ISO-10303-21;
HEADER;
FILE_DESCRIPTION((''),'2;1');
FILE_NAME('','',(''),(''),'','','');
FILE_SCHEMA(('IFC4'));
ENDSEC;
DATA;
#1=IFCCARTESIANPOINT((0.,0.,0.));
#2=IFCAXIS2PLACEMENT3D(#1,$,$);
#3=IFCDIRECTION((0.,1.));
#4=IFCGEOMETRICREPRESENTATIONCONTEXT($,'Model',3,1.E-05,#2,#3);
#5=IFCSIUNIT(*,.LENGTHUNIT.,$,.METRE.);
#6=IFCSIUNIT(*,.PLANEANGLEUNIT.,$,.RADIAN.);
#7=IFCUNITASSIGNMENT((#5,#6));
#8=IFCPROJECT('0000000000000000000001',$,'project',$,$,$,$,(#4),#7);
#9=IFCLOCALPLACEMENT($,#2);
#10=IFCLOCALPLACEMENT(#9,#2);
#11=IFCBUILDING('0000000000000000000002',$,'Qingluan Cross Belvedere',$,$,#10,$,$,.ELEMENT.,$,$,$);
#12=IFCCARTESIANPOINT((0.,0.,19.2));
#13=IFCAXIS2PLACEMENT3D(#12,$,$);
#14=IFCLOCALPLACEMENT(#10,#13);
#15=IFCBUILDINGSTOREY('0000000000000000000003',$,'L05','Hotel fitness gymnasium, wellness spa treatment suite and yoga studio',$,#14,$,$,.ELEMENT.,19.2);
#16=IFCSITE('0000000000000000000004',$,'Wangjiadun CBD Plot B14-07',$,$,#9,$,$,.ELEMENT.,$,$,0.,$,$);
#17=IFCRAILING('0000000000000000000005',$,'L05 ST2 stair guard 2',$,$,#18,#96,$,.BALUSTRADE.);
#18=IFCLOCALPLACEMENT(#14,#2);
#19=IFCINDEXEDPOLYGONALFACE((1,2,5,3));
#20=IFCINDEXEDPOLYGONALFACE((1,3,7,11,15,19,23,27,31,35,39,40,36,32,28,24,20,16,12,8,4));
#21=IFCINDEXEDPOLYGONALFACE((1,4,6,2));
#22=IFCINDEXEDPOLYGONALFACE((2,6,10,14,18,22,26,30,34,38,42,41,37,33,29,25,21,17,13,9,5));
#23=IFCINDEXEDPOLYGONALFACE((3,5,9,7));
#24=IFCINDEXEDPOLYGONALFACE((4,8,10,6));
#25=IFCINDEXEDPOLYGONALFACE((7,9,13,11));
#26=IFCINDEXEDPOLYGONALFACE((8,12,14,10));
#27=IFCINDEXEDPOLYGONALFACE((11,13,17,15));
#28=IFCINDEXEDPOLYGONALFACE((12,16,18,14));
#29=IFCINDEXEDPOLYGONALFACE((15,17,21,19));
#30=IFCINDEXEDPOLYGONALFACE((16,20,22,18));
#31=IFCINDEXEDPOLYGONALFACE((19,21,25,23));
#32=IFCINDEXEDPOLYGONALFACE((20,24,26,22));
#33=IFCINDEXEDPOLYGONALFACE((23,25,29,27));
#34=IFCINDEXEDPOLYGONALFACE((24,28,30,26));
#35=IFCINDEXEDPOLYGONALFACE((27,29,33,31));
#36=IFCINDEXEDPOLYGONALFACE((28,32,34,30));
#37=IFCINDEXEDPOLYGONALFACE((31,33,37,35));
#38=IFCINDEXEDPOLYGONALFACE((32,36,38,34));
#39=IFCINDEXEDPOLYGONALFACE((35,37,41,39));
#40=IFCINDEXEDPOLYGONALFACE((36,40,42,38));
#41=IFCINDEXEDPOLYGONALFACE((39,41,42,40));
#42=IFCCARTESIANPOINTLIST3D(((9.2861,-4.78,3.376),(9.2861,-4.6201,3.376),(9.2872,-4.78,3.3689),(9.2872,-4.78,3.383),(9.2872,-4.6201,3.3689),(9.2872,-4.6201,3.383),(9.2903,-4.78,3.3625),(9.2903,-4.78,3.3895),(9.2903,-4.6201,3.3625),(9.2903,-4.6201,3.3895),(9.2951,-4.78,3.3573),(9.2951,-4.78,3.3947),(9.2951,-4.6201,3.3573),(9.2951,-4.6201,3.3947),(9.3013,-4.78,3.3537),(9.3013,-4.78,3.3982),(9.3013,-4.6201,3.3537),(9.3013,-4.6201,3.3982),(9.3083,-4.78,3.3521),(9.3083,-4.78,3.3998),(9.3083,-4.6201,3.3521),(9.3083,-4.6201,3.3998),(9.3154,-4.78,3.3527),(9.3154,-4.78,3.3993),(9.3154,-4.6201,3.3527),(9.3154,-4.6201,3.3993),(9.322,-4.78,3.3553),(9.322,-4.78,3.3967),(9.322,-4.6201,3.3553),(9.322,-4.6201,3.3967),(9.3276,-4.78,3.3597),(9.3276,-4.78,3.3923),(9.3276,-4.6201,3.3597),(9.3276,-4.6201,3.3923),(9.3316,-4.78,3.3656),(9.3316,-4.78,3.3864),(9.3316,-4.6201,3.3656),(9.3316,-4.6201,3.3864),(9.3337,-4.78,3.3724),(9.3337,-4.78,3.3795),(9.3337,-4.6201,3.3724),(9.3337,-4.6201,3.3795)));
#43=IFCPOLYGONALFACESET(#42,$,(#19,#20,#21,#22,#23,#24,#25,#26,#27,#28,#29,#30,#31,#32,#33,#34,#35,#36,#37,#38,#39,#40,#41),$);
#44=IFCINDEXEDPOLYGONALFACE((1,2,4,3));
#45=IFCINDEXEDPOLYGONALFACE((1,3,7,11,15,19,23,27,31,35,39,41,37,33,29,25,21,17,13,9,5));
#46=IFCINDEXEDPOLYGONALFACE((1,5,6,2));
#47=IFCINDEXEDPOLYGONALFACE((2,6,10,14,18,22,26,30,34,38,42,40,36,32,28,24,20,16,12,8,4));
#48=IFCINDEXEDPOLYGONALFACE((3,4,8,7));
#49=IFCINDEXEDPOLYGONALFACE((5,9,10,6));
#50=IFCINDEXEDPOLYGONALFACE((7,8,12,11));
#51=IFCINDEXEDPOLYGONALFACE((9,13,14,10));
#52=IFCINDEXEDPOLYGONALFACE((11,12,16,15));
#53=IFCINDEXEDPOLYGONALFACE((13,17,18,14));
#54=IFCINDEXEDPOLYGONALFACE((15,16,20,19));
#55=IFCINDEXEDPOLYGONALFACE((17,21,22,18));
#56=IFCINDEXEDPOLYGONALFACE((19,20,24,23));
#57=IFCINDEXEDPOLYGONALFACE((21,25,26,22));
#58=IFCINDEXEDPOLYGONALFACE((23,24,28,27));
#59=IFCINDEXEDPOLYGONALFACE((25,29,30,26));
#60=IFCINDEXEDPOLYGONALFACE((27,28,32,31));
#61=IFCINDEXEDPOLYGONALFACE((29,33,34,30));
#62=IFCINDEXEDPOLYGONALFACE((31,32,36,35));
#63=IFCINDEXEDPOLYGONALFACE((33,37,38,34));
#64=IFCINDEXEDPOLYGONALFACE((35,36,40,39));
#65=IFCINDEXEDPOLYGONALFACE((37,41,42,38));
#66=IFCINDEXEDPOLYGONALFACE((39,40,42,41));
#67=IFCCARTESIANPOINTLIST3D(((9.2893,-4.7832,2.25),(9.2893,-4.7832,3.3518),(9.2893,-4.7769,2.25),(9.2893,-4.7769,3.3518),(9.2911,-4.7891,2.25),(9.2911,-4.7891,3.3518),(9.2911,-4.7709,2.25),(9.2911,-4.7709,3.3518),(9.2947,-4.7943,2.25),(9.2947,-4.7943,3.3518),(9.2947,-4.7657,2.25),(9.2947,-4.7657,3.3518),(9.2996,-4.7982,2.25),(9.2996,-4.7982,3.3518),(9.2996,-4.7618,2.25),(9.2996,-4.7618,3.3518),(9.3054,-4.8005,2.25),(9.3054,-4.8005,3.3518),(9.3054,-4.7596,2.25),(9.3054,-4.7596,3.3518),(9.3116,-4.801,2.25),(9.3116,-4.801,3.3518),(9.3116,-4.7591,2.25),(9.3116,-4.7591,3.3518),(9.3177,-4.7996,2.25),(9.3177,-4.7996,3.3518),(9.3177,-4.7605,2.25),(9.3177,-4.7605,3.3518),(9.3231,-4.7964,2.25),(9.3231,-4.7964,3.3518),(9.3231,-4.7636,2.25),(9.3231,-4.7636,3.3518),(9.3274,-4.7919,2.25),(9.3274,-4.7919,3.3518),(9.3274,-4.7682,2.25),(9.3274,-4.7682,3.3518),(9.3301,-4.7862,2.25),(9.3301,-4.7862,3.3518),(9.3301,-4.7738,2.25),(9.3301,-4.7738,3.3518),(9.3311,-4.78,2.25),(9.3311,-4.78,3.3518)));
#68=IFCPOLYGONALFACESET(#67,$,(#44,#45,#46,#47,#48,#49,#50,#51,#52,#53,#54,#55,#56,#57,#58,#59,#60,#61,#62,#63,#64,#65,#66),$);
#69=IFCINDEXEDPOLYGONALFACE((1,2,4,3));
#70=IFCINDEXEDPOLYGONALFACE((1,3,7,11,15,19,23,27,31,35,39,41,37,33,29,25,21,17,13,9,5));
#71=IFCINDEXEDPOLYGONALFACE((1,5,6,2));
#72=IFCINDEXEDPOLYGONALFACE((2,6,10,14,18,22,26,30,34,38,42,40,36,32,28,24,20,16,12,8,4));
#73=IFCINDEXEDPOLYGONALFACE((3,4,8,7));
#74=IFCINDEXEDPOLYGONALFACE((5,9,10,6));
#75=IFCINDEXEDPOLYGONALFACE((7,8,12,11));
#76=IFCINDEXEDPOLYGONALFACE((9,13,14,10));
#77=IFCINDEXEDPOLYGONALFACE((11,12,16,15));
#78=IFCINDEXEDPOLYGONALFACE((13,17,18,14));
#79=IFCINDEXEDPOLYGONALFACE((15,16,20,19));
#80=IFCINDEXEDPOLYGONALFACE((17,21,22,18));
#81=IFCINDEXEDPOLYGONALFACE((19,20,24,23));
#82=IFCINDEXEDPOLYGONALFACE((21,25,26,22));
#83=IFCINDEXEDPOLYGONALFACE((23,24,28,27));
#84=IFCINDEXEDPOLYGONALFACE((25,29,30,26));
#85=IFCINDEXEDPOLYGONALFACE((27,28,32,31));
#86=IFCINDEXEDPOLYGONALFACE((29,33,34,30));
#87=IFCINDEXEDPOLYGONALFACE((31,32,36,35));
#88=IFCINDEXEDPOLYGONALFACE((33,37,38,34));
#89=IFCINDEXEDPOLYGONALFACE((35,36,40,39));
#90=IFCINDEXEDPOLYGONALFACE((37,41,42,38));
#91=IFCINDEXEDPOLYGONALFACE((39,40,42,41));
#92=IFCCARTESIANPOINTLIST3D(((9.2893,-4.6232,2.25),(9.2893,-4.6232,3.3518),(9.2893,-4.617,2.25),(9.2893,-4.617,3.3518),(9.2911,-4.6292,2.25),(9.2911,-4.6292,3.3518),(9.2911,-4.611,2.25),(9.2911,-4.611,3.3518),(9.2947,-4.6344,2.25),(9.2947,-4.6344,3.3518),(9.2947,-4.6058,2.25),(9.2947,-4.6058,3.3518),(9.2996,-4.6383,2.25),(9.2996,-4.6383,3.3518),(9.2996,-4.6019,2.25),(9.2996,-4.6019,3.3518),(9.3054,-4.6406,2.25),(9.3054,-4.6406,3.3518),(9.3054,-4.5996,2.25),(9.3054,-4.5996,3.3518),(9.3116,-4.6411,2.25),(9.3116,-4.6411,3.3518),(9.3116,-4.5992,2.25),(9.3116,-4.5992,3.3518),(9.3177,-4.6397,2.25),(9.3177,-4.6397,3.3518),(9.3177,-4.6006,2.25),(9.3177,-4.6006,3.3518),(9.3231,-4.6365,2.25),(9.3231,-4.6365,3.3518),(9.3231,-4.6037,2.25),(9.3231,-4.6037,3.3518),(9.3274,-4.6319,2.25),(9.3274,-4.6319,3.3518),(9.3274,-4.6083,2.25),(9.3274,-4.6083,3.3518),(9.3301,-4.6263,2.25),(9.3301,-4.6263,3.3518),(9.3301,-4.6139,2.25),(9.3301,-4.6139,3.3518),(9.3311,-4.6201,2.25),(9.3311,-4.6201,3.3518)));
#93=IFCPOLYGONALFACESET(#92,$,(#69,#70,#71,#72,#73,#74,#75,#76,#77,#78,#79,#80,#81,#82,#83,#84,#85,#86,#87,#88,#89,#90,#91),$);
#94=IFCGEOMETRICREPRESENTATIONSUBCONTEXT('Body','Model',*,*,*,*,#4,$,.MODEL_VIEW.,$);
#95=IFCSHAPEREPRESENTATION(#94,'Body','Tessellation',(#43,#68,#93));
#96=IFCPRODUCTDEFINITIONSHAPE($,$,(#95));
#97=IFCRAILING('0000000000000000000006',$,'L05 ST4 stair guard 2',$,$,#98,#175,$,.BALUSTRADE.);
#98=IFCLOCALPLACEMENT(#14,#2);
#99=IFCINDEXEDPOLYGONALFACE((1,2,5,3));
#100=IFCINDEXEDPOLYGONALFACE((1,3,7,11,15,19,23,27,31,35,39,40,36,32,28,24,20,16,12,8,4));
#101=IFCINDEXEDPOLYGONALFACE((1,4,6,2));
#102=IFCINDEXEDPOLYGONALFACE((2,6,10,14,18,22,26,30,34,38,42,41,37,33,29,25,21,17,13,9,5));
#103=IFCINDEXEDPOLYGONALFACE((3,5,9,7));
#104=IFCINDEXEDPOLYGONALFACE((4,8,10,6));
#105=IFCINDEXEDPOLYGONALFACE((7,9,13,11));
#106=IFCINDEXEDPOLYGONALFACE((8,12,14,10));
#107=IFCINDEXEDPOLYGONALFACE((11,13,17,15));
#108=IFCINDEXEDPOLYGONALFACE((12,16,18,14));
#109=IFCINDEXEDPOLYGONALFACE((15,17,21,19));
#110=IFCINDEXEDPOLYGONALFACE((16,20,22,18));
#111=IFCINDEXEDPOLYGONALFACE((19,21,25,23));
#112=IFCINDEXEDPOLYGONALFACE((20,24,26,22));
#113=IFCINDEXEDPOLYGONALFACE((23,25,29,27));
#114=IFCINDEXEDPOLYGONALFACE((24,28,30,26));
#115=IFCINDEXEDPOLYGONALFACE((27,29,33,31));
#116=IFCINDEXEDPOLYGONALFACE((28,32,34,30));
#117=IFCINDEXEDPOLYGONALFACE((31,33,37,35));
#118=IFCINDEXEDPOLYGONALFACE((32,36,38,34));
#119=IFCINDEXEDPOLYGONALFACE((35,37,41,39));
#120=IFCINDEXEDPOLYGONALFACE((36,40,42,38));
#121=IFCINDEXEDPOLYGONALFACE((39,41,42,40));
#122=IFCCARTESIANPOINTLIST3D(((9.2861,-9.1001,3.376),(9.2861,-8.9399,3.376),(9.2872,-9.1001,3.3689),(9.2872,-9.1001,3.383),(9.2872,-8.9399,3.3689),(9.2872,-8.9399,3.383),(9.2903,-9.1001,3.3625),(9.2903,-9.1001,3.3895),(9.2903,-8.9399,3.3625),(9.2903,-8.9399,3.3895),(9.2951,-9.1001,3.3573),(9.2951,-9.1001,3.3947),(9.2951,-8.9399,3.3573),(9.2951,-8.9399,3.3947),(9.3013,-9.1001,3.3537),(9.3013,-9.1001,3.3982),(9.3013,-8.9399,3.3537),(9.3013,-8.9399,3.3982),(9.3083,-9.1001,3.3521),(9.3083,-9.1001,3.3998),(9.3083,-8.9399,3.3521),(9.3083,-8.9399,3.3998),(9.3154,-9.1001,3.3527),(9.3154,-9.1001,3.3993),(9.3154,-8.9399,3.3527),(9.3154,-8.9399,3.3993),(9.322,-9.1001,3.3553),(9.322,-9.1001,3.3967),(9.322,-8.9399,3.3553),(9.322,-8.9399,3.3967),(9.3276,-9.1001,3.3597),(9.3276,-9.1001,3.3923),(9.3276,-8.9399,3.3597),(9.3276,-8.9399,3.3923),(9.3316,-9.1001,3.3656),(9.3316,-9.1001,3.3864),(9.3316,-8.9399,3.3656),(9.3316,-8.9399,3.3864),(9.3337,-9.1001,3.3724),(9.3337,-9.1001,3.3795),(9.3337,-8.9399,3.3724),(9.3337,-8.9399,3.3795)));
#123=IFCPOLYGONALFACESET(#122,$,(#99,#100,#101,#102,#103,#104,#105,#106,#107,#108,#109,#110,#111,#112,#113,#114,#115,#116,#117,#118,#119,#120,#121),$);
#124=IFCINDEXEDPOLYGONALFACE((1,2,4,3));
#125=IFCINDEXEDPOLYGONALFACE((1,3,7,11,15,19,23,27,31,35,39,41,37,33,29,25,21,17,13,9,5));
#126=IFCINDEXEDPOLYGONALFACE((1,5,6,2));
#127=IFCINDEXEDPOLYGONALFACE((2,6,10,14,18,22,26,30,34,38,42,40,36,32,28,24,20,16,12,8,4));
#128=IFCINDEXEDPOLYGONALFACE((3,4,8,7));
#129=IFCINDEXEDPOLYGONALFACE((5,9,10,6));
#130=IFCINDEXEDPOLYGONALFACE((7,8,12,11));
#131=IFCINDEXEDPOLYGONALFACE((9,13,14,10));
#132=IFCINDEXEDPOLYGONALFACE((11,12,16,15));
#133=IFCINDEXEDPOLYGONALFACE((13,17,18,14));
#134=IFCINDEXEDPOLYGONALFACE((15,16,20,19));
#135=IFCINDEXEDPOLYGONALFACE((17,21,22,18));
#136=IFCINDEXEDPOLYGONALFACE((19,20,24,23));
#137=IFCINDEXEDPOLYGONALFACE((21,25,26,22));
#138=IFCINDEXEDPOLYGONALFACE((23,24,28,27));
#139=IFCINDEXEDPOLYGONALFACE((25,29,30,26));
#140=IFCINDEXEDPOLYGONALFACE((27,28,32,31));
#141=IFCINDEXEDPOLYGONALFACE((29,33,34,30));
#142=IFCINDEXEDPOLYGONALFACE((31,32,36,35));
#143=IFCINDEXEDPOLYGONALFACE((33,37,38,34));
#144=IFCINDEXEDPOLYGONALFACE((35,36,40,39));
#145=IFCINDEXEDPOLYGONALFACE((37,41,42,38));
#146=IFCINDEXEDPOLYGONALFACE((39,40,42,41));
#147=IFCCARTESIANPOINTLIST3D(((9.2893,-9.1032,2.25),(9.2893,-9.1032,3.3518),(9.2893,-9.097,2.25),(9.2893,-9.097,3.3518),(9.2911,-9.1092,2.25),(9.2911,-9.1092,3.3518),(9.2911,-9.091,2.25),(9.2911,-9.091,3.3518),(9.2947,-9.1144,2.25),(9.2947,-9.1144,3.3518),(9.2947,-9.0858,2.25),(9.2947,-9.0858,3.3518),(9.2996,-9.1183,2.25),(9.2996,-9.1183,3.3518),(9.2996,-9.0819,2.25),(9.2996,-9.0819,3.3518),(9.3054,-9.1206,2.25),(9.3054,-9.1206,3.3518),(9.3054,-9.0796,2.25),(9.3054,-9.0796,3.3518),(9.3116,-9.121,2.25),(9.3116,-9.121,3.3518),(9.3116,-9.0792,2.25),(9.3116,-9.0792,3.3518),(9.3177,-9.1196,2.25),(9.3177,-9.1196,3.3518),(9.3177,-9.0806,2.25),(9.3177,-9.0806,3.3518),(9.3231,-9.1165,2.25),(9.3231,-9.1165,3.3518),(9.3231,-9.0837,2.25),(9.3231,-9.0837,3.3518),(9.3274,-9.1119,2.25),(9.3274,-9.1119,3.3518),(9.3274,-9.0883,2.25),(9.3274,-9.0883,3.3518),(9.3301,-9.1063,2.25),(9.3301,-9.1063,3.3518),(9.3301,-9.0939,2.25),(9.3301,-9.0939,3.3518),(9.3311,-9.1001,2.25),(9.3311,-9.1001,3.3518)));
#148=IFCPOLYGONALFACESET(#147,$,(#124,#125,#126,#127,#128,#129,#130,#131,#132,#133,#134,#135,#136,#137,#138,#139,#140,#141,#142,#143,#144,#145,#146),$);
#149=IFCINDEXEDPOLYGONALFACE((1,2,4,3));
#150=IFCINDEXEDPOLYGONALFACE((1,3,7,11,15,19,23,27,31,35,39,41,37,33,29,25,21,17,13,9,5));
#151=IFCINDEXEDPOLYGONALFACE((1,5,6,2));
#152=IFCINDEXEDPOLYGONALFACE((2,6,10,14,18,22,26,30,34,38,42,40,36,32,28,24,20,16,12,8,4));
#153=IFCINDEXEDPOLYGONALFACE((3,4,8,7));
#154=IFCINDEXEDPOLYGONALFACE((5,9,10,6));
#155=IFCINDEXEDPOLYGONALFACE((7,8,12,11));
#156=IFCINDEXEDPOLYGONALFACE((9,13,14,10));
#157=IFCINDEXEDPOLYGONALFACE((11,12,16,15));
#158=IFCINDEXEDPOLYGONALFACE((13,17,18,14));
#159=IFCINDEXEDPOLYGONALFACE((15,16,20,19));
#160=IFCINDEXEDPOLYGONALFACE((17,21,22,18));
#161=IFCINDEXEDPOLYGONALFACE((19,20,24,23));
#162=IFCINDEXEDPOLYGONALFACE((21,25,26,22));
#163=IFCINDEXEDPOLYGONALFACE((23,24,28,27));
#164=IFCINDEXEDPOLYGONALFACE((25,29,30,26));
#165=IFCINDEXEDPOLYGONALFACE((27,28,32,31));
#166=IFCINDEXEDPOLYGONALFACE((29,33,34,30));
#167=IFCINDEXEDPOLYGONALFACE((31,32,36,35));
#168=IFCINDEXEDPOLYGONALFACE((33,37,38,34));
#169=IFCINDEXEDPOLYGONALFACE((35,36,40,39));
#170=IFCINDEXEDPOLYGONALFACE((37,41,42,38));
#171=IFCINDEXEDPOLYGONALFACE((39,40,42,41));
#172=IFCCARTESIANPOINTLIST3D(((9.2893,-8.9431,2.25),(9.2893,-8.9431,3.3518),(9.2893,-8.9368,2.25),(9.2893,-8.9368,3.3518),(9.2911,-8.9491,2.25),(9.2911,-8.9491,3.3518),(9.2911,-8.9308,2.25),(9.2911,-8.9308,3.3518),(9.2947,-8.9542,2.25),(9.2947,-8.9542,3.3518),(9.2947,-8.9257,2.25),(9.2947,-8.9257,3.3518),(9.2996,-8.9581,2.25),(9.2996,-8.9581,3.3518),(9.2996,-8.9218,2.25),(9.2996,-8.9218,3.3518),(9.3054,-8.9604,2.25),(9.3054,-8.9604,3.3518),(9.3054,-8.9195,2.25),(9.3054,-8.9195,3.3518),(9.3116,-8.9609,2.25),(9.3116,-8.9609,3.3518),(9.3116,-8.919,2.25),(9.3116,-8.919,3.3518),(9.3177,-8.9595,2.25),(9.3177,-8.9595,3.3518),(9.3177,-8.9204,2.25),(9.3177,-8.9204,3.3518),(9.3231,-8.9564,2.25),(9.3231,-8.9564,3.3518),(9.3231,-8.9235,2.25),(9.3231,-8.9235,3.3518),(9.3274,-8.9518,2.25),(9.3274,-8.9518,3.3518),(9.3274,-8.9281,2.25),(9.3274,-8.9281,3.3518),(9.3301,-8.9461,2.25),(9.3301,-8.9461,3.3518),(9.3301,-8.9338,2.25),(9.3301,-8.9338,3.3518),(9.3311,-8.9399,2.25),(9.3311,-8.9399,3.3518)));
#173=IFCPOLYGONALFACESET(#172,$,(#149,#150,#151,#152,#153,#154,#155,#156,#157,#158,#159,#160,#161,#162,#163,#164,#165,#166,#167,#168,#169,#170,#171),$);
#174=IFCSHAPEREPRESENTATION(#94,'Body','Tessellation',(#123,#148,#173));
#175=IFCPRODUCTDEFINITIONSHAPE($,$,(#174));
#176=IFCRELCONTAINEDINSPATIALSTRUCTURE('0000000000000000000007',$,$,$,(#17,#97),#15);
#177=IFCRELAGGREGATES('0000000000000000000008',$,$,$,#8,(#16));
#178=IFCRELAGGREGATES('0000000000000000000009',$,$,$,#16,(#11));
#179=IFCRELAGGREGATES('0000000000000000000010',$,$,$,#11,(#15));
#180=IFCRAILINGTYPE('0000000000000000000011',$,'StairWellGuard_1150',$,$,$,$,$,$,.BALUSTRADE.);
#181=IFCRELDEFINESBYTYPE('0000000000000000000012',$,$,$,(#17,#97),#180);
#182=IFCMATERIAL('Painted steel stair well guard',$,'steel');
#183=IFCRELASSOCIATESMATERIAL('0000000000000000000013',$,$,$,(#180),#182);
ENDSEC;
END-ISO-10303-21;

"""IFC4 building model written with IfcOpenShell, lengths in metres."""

from ifc_helpers import new_model, si_unit, direction, frame, origin, origin_2d, place, context, subcontext, project, spatial, circle, extrude, material, type_object, element, save


model = new_model("IFC4")

# Units and contexts
model_context = context("Model", 3, precision=1e-05, world=origin(), true_north=direction((0.0, 1.0)))
body_context = subcontext(model_context, "Body", "Model", "MODEL_VIEW")
ifc_project = project(units=[si_unit("LENGTHUNIT", "METRE"), si_unit("PLANEANGLEUNIT", "RADIAN")], contexts=[model_context])

# Site, building, storey
site_placement = place(None, origin())
site = spatial("IfcSite", under=ifc_project, at=site_placement, Name="Wangjiadun CBD Plot B14-07", CompositionType="ELEMENT", RefElevation=0.0)
building_placement = place(site_placement, origin())
building = spatial("IfcBuilding", under=site, at=building_placement, Name="Qingluan Cross Belvedere", CompositionType="ELEMENT")
storey_placement = place(building_placement, frame((0.0, 0.0, 19.2)))
storey = spatial("IfcBuildingStorey", under=building, at=storey_placement, Name="L05", Description="Hotel fitness gymnasium, wellness spa treatment suite and yoga studio", CompositionType="ELEMENT", Elevation=19.2)

# Railings
ifc_material_1 = material(Name="Painted steel stair well guard", Category="steel")
railing_type_1 = type_object("IfcRailingType", Name="StairWellGuard_1150", PredefinedType="BALUSTRADE", material=ifc_material_1)
railing_1_placement = place(storey_placement, frame((9.3101, -4.78, 2.25)))
element("IfcRailing", 1, at=railing_1_placement, inside=storey, type_object=railing_type_1, Name="L05 ST2 stair guard 2", PredefinedType="BALUSTRADE", context=body_context, shape_type="SweptSolid", body=[
    extrude(circle(Radius=0.0239, at=origin_2d()), frame((0.0, 0.0, 1.126), z_axis=(0.0, 1.0, 0.0), x_axis=(-1.0, 0.0, 0.0)), (0.0, 0.0, 1.0), 0.1599),
    extrude(circle(Radius=0.021, at=origin_2d()), origin(), (0.0, 0.0, 1.0), 1.1018),
    extrude(circle(Radius=0.021, at=origin_2d()), frame((0.0, 0.1599, 0.0)), (0.0, 0.0, 1.0), 1.1018),
])
railing_2_placement = place(storey_placement, frame((9.3101, -9.1001, 2.25)))
element("IfcRailing", 2, at=railing_2_placement, inside=storey, type_object=railing_type_1, Name="L05 ST4 stair guard 2", PredefinedType="BALUSTRADE", context=body_context, shape_type="SweptSolid", body=[
    extrude(circle(Radius=0.0239, at=origin_2d()), frame((0.0, 0.0, 1.126), z_axis=(0.0, 1.0, 0.0), x_axis=(-1.0, 0.0, 0.0)), (0.0, 0.0, 1.0), 0.1602),
    extrude(circle(Radius=0.021, at=origin_2d()), origin(), (0.0, 0.0, 1.0), 1.1018),
    extrude(circle(Radius=0.021, at=origin_2d()), frame((0.0, 0.1602, 0.0)), (0.0, 0.0, 1.0), 1.1018),
])

save(model, "model.ifc")
